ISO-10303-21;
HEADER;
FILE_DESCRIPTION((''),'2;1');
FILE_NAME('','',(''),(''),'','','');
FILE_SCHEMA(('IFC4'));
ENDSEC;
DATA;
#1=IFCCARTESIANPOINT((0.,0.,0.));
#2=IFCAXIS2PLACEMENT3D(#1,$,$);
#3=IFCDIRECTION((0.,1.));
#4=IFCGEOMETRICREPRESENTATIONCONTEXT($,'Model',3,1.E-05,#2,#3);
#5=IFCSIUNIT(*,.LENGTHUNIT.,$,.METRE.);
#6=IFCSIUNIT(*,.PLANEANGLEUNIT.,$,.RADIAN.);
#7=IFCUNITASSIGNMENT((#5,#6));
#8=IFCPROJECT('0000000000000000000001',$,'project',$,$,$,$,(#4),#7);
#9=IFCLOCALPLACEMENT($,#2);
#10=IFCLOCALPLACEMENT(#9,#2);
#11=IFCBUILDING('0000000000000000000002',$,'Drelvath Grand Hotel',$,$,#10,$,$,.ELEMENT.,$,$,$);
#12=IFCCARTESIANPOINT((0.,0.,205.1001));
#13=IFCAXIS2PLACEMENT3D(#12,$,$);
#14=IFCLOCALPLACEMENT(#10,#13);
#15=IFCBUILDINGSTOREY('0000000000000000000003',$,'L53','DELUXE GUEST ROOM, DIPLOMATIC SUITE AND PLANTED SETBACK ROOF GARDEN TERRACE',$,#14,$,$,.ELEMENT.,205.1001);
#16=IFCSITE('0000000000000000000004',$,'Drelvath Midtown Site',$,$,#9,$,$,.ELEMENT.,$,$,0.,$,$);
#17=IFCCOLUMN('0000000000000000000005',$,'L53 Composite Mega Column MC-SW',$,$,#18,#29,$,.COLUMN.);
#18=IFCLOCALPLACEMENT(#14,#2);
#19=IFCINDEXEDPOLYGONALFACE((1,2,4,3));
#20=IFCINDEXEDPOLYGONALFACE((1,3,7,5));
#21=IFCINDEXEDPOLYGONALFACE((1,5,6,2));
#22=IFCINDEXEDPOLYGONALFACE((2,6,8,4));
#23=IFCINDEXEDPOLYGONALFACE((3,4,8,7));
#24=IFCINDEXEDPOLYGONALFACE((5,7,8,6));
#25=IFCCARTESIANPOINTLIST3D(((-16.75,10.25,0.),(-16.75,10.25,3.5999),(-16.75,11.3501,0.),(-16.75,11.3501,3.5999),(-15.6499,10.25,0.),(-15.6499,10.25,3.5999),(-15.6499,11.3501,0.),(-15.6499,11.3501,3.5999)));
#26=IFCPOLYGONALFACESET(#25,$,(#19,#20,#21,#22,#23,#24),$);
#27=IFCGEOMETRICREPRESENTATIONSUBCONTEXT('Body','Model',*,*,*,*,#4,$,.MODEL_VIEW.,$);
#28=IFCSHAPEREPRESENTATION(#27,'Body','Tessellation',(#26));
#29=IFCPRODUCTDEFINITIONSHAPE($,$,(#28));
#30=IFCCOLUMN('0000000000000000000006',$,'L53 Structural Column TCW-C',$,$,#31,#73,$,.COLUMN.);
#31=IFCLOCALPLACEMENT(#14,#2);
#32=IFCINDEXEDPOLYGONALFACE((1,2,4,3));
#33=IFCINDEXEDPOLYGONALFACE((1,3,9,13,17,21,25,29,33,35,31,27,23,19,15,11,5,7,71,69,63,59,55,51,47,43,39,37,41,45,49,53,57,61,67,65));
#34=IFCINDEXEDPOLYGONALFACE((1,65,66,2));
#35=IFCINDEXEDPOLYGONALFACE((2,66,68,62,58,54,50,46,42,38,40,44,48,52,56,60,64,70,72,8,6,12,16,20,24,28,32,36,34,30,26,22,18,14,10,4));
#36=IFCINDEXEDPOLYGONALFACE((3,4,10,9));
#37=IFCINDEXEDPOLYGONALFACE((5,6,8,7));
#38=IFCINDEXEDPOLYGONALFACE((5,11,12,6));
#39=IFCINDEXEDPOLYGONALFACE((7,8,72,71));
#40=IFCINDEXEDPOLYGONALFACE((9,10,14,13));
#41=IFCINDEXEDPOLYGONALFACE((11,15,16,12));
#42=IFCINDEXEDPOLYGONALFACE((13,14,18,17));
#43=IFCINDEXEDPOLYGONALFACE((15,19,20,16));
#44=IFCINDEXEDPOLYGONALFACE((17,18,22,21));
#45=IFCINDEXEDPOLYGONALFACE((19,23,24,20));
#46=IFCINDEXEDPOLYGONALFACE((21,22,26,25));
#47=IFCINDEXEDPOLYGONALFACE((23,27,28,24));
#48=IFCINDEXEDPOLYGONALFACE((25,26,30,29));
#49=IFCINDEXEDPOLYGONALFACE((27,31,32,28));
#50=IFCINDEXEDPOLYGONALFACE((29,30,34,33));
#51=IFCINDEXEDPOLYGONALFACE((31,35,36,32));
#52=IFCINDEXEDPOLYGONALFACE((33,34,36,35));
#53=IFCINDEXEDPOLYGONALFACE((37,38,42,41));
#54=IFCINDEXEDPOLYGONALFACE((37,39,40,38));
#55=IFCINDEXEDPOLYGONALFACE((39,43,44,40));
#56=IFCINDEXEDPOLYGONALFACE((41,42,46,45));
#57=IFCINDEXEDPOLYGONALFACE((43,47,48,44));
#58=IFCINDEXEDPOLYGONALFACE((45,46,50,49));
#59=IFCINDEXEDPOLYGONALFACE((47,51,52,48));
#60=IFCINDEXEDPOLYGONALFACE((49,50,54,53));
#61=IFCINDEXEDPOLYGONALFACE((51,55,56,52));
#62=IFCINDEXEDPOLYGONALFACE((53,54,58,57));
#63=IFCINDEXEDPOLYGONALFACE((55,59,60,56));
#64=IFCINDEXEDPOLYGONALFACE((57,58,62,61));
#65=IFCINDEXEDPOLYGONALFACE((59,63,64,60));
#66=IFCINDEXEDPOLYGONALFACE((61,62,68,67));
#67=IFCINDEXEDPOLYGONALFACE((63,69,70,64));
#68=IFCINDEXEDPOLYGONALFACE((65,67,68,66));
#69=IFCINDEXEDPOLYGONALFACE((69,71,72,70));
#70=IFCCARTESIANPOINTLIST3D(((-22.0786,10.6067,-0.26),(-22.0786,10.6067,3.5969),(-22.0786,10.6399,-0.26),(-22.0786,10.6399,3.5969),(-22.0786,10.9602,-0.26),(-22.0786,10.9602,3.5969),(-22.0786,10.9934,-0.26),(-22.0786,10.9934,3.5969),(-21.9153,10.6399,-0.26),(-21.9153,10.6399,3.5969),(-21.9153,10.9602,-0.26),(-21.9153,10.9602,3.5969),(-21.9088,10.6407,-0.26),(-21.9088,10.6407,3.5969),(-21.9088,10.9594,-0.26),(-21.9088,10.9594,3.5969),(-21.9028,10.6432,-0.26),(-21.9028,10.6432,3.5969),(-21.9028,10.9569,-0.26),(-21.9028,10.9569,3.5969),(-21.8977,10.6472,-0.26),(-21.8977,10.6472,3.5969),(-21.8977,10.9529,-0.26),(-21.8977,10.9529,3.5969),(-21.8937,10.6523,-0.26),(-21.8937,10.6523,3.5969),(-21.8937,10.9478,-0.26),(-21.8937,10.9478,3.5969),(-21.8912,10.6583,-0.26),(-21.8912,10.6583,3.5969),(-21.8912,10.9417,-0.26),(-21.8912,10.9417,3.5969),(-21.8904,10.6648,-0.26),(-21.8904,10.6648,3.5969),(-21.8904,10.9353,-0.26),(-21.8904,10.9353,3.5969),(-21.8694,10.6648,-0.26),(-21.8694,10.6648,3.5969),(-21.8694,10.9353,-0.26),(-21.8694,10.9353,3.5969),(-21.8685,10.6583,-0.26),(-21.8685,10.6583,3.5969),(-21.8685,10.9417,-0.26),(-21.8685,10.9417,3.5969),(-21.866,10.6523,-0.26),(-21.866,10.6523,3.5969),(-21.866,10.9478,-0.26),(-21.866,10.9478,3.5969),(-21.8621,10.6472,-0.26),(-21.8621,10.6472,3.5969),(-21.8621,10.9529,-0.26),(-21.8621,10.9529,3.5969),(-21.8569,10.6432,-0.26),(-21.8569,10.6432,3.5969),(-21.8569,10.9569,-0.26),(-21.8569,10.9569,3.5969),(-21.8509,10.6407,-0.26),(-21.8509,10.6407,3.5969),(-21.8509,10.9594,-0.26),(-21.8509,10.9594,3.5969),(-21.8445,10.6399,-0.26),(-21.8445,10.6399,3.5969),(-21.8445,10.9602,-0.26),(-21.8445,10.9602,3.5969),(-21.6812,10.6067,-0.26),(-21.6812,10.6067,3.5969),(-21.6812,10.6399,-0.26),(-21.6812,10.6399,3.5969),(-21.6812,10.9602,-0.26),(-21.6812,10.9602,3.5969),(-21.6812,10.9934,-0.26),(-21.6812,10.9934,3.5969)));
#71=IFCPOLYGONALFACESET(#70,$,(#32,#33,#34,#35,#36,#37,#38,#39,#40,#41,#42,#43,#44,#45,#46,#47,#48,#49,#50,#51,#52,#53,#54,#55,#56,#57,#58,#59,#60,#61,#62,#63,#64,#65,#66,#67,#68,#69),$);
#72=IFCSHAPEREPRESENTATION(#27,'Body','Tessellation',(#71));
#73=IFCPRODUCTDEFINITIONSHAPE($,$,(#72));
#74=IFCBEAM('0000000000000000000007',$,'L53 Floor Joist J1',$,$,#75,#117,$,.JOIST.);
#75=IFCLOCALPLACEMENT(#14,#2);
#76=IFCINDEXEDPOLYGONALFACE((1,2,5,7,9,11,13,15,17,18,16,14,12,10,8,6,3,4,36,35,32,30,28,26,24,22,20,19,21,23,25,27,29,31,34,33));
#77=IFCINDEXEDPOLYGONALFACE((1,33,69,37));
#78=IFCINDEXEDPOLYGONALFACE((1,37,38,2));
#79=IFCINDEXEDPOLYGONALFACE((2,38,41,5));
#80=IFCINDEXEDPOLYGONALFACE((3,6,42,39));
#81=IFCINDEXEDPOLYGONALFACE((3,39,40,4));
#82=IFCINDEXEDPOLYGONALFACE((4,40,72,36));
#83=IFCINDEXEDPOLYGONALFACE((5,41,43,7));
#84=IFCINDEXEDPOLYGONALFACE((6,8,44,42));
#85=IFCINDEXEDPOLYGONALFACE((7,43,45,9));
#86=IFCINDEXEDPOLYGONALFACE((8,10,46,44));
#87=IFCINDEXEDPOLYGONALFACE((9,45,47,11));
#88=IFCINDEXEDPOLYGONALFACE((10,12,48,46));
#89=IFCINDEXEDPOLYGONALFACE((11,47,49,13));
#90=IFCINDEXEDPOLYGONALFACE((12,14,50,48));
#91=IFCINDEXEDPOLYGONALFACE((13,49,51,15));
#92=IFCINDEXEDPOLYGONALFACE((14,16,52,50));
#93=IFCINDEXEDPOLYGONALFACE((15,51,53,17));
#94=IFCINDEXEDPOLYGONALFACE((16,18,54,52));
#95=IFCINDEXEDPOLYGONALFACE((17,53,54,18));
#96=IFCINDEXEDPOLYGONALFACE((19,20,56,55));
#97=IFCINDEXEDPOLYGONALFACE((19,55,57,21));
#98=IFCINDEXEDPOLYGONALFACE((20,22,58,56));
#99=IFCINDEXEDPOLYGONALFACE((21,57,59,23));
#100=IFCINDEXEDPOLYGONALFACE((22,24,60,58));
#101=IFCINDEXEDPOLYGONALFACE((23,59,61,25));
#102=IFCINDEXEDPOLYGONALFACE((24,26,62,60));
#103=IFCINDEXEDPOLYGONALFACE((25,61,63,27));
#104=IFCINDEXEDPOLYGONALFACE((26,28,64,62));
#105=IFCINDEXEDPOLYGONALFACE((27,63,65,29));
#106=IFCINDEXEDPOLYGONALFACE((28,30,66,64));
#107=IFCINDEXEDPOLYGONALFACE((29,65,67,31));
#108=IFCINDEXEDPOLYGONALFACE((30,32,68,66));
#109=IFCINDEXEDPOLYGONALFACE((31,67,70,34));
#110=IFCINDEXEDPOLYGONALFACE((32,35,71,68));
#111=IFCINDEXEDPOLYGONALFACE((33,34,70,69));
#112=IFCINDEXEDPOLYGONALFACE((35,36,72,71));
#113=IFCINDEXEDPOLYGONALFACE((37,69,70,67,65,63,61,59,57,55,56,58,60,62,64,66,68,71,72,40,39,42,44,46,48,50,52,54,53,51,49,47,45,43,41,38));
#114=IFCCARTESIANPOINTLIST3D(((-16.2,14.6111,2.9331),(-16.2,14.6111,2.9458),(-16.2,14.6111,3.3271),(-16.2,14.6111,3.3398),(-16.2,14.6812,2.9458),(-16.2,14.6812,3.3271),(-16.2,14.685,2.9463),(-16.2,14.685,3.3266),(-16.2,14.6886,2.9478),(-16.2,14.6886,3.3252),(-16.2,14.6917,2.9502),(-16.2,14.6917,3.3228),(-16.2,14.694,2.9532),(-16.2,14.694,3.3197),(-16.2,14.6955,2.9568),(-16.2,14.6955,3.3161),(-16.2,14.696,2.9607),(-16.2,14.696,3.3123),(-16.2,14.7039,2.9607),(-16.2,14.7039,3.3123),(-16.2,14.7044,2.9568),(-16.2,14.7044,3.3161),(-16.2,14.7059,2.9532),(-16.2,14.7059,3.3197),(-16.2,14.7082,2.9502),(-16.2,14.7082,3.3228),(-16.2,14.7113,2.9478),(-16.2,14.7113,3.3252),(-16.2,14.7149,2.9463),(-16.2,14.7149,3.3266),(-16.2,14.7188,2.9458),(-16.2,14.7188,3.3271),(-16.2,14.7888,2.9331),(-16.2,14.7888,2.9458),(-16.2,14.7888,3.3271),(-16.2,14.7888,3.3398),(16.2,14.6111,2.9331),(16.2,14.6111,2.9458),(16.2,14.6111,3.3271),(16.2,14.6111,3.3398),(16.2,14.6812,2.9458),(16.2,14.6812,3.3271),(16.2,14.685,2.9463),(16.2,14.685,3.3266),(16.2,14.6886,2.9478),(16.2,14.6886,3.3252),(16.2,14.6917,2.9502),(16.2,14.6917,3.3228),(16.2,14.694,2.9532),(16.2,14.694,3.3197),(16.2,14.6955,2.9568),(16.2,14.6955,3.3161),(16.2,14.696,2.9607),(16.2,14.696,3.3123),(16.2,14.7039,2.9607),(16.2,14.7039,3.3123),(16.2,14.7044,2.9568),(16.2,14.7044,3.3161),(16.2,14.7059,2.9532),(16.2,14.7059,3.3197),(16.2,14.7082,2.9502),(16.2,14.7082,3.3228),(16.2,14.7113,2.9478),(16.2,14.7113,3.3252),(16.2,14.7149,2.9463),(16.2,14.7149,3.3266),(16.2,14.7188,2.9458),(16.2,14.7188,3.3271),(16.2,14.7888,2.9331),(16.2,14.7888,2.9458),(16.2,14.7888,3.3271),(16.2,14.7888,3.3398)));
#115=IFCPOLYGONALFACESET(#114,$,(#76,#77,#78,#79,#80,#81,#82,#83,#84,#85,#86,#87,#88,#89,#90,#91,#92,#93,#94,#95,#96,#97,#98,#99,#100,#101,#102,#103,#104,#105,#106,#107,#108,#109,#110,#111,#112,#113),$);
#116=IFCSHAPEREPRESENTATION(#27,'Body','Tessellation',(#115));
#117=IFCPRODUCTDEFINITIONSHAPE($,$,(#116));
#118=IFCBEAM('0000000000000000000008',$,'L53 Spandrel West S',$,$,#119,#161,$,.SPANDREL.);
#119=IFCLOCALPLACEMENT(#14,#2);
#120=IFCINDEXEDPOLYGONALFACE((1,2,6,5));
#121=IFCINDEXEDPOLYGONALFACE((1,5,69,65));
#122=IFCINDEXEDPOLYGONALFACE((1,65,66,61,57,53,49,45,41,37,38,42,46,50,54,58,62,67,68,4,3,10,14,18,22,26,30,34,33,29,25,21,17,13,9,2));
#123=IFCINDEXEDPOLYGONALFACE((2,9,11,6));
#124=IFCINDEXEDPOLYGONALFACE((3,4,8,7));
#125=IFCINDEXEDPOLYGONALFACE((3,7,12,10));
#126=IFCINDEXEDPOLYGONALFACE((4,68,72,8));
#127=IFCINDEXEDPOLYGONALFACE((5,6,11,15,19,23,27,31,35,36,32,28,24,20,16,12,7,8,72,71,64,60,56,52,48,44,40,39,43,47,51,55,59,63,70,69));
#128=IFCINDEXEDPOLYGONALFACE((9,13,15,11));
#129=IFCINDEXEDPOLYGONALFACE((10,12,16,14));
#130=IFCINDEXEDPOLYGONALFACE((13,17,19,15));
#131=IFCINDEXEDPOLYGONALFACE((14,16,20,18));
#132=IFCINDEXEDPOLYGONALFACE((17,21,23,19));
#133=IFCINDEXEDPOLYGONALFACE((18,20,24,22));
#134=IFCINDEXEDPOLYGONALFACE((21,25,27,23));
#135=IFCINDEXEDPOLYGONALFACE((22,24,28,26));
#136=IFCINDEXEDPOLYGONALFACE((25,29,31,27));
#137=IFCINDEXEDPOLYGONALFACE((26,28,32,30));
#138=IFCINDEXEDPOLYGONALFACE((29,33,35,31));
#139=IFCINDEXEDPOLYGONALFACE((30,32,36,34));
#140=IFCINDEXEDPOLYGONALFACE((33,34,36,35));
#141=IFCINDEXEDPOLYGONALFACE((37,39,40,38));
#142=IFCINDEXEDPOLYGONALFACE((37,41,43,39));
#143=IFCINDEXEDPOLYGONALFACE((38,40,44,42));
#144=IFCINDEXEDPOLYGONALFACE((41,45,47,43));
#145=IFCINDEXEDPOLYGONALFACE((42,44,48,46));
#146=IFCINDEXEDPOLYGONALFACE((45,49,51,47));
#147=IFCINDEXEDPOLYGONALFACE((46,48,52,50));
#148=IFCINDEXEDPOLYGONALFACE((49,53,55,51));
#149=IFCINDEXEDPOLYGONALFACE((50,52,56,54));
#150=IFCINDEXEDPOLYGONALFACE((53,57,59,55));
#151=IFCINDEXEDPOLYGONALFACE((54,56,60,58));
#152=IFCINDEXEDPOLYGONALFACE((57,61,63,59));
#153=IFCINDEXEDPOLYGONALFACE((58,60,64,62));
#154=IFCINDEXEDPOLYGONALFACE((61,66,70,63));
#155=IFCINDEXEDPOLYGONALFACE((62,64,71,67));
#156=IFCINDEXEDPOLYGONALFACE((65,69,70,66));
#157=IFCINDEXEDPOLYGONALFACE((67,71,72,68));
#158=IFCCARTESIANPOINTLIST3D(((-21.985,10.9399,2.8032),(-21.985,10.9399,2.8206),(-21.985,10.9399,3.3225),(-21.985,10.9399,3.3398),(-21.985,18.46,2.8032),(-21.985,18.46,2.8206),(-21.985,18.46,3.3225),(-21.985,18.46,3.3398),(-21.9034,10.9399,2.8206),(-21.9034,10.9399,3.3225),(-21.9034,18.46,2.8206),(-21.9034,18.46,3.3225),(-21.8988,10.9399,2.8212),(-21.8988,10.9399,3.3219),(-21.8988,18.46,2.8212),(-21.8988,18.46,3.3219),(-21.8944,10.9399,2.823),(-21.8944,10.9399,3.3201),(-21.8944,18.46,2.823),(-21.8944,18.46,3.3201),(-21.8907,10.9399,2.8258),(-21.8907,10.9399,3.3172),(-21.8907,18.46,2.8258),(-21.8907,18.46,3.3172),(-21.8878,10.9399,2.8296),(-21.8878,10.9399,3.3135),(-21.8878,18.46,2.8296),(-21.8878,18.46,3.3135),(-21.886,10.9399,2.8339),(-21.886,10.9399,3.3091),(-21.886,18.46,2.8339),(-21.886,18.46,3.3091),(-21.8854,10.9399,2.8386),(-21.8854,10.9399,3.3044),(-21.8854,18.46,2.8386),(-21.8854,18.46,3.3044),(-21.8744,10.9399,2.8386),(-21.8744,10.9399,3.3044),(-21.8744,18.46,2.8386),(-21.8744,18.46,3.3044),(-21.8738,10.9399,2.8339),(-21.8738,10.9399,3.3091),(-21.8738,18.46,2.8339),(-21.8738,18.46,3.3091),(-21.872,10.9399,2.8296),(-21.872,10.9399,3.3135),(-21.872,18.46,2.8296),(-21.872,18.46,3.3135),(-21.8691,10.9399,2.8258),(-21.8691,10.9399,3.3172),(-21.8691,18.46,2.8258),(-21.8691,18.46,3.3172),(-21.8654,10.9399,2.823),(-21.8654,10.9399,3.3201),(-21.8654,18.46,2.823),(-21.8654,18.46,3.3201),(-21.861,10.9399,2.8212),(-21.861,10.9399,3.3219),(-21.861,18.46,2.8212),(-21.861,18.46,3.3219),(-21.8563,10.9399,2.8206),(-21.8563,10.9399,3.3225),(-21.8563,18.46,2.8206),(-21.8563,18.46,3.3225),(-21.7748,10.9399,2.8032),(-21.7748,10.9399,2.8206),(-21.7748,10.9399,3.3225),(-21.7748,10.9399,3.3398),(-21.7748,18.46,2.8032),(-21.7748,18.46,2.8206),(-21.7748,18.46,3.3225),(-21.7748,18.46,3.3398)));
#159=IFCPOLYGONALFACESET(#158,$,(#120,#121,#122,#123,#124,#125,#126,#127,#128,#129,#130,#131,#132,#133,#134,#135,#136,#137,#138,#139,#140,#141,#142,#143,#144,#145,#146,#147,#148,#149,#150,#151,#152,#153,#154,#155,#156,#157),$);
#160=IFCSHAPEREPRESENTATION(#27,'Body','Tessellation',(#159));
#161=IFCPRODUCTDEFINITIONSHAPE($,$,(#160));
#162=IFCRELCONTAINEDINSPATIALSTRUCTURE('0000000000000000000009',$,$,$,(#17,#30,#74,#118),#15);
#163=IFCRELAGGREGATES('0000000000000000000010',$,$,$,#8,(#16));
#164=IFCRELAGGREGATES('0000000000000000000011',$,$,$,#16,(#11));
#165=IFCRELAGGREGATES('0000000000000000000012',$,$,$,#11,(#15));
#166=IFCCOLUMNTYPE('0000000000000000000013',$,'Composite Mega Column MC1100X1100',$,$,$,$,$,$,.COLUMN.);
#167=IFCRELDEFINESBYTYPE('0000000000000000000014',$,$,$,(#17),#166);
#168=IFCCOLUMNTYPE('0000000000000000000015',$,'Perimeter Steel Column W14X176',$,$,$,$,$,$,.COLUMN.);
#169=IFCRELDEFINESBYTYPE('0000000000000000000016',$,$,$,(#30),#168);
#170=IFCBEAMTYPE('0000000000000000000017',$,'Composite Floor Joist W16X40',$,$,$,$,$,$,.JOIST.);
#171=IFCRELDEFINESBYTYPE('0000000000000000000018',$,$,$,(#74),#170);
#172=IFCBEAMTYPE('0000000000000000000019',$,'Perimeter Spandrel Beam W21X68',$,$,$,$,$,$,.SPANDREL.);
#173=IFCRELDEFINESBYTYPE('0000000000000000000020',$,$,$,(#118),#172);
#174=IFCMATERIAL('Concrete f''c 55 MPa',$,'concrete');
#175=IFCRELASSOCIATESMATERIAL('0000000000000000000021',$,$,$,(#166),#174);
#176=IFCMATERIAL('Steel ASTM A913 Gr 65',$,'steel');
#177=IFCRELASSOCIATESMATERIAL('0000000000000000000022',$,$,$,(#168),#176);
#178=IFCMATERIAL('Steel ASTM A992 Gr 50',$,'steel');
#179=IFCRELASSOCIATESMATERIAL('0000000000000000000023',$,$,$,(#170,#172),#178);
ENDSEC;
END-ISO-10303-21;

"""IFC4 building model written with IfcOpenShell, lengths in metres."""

from ifc_helpers import new_model, si_unit, direction, frame, origin, origin_2d, place, context, subcontext, project, spatial, rectangle, i_section, extrude, material, material_profile, profile_set, type_object, element, save


model = new_model("IFC4")

# Units and contexts
model_context = context("Model", 3, precision=1e-05, world=origin(), true_north=direction((0.0, 1.0)))
body_context = subcontext(model_context, "Body", "Model", "MODEL_VIEW")
ifc_project = project(units=[si_unit("LENGTHUNIT", "METRE"), si_unit("PLANEANGLEUNIT", "RADIAN")], contexts=[model_context])

# Site, building, storey
site_placement = place(None, origin())
site = spatial("IfcSite", under=ifc_project, at=site_placement, Name="Drelvath Midtown Site", CompositionType="ELEMENT", RefElevation=0.0)
building_placement = place(site_placement, origin())
building = spatial("IfcBuilding", under=site, at=building_placement, Name="Drelvath Grand Hotel", CompositionType="ELEMENT")
storey_placement = place(building_placement, frame((0.0, 0.0, 205.1001)))
storey = spatial("IfcBuildingStorey", under=building, at=storey_placement, Name="L53", Description="DELUXE GUEST ROOM, DIPLOMATIC SUITE AND PLANTED SETBACK ROOF GARDEN TERRACE", CompositionType="ELEMENT", Elevation=205.1001)

# Columns
ifc_material_1 = material(Name="Concrete f'c 55 MPa", Category="concrete")
ifc_material_profile_1 = material_profile(ifc_material_1, rectangle(XDim=1.1001, YDim=1.1001, at=origin_2d()), Name="MC1100X1100")
ifc_profile_set_1 = profile_set([ifc_material_profile_1], Name="Concrete f'c 55 MPa")
column_type_1 = type_object("IfcColumnType", Name="Composite Mega Column MC1100X1100", PredefinedType="COLUMN", material=ifc_profile_set_1)
column_1_placement = place(storey_placement, frame((-16.2, 10.8, 0.0), z_axis=(0.0, 0.0, 1.0), x_axis=(1.0, 0.0, 0.0)))
element("IfcColumn", 1, at=column_1_placement, inside=storey, type_object=column_type_1, Name="L53 Composite Mega Column MC-SW", PredefinedType="COLUMN", context=body_context, shape_type="SweptSolid", body=[
    extrude(rectangle(XDim=1.1001, YDim=1.1001, at=origin_2d()), origin(), (0.0, 0.0, 1.0), 3.5999),
])
ifc_material_2 = material(Name="Steel ASTM A913 Gr 65", Category="steel")
ifc_material_profile_2 = material_profile(ifc_material_2, i_section(OverallWidth=0.3975, OverallDepth=0.3867, WebThickness=0.021, FlangeThickness=0.0332, FilletRadius=0.0249, at=origin_2d()), Name="W14X176")
ifc_profile_set_2 = profile_set([ifc_material_profile_2], Name="Steel ASTM A913 Gr 65")
column_type_2 = type_object("IfcColumnType", Name="Perimeter Steel Column W14X176", PredefinedType="COLUMN", material=ifc_profile_set_2)
column_2_placement = place(storey_placement, frame((-21.8799, 10.8, -0.26), z_axis=(0.0, 0.0, 1.0), x_axis=(1.0, 0.0, 0.0)))
element("IfcColumn", 2, at=column_2_placement, inside=storey, type_object=column_type_2, Name="L53 Structural Column TCW-C", PredefinedType="COLUMN", context=body_context, shape_type="SweptSolid", body=[
    extrude(i_section(OverallWidth=0.3975, OverallDepth=0.3867, WebThickness=0.021, FlangeThickness=0.0332, FilletRadius=0.0249, at=origin_2d()), origin(), (0.0, 0.0, 1.0), 3.8569),
])

# Beams
ifc_material_3 = material(Name="Steel ASTM A992 Gr 50", Category="steel")
ifc_material_profile_3 = material_profile(ifc_material_3, i_section(OverallWidth=0.1777, OverallDepth=0.4067, WebThickness=0.0078, FlangeThickness=0.0127, FilletRadius=0.0149, at=origin_2d()), Name="W16X40")
ifc_profile_set_3 = profile_set([ifc_material_profile_3], Name="Steel ASTM A992 Gr 50")
beam_type_1 = type_object("IfcBeamType", Name="Composite Floor Joist W16X40", PredefinedType="JOIST", material=ifc_profile_set_3)
beam_1_placement = place(storey_placement, frame((-16.2, 14.7, 3.1365), z_axis=(1.0, 0.0, 0.0), x_axis=(0.0, 1.0, 0.0)))
element("IfcBeam", 3, at=beam_1_placement, inside=storey, type_object=beam_type_1, Name="L53 Floor Joist J1", PredefinedType="JOIST", context=body_context, shape_type="SweptSolid", body=[
    extrude(i_section(OverallWidth=0.1777, OverallDepth=0.4067, WebThickness=0.0078, FlangeThickness=0.0127, FilletRadius=0.0149, at=origin_2d()), origin(), (0.0, 0.0, 1.0), 32.3999),
])
ifc_material_profile_4 = material_profile(ifc_material_3, i_section(OverallWidth=0.2102, OverallDepth=0.5366, WebThickness=0.011, FlangeThickness=0.0173, FilletRadius=0.0181, at=origin_2d()), Name="W21X68")
ifc_profile_set_4 = profile_set([ifc_material_profile_4], Name="Steel ASTM A992 Gr 50")
beam_type_2 = type_object("IfcBeamType", Name="Perimeter Spandrel Beam W21X68", PredefinedType="SPANDREL", material=ifc_profile_set_4)
beam_2_placement = place(storey_placement, frame((-21.8799, 10.9399, 3.0715), z_axis=(0.0, 1.0, 0.0), x_axis=(-1.0, 0.0, 0.0)))
element("IfcBeam", 4, at=beam_2_placement, inside=storey, type_object=beam_type_2, Name="L53 Spandrel West S", PredefinedType="SPANDREL", context=body_context, shape_type="SweptSolid", body=[
    extrude(i_section(OverallWidth=0.2102, OverallDepth=0.5366, WebThickness=0.011, FlangeThickness=0.0173, FilletRadius=0.0181, at=origin_2d()), origin(), (0.0, 0.0, 1.0), 7.52),
])

save(model, "model.ifc")
